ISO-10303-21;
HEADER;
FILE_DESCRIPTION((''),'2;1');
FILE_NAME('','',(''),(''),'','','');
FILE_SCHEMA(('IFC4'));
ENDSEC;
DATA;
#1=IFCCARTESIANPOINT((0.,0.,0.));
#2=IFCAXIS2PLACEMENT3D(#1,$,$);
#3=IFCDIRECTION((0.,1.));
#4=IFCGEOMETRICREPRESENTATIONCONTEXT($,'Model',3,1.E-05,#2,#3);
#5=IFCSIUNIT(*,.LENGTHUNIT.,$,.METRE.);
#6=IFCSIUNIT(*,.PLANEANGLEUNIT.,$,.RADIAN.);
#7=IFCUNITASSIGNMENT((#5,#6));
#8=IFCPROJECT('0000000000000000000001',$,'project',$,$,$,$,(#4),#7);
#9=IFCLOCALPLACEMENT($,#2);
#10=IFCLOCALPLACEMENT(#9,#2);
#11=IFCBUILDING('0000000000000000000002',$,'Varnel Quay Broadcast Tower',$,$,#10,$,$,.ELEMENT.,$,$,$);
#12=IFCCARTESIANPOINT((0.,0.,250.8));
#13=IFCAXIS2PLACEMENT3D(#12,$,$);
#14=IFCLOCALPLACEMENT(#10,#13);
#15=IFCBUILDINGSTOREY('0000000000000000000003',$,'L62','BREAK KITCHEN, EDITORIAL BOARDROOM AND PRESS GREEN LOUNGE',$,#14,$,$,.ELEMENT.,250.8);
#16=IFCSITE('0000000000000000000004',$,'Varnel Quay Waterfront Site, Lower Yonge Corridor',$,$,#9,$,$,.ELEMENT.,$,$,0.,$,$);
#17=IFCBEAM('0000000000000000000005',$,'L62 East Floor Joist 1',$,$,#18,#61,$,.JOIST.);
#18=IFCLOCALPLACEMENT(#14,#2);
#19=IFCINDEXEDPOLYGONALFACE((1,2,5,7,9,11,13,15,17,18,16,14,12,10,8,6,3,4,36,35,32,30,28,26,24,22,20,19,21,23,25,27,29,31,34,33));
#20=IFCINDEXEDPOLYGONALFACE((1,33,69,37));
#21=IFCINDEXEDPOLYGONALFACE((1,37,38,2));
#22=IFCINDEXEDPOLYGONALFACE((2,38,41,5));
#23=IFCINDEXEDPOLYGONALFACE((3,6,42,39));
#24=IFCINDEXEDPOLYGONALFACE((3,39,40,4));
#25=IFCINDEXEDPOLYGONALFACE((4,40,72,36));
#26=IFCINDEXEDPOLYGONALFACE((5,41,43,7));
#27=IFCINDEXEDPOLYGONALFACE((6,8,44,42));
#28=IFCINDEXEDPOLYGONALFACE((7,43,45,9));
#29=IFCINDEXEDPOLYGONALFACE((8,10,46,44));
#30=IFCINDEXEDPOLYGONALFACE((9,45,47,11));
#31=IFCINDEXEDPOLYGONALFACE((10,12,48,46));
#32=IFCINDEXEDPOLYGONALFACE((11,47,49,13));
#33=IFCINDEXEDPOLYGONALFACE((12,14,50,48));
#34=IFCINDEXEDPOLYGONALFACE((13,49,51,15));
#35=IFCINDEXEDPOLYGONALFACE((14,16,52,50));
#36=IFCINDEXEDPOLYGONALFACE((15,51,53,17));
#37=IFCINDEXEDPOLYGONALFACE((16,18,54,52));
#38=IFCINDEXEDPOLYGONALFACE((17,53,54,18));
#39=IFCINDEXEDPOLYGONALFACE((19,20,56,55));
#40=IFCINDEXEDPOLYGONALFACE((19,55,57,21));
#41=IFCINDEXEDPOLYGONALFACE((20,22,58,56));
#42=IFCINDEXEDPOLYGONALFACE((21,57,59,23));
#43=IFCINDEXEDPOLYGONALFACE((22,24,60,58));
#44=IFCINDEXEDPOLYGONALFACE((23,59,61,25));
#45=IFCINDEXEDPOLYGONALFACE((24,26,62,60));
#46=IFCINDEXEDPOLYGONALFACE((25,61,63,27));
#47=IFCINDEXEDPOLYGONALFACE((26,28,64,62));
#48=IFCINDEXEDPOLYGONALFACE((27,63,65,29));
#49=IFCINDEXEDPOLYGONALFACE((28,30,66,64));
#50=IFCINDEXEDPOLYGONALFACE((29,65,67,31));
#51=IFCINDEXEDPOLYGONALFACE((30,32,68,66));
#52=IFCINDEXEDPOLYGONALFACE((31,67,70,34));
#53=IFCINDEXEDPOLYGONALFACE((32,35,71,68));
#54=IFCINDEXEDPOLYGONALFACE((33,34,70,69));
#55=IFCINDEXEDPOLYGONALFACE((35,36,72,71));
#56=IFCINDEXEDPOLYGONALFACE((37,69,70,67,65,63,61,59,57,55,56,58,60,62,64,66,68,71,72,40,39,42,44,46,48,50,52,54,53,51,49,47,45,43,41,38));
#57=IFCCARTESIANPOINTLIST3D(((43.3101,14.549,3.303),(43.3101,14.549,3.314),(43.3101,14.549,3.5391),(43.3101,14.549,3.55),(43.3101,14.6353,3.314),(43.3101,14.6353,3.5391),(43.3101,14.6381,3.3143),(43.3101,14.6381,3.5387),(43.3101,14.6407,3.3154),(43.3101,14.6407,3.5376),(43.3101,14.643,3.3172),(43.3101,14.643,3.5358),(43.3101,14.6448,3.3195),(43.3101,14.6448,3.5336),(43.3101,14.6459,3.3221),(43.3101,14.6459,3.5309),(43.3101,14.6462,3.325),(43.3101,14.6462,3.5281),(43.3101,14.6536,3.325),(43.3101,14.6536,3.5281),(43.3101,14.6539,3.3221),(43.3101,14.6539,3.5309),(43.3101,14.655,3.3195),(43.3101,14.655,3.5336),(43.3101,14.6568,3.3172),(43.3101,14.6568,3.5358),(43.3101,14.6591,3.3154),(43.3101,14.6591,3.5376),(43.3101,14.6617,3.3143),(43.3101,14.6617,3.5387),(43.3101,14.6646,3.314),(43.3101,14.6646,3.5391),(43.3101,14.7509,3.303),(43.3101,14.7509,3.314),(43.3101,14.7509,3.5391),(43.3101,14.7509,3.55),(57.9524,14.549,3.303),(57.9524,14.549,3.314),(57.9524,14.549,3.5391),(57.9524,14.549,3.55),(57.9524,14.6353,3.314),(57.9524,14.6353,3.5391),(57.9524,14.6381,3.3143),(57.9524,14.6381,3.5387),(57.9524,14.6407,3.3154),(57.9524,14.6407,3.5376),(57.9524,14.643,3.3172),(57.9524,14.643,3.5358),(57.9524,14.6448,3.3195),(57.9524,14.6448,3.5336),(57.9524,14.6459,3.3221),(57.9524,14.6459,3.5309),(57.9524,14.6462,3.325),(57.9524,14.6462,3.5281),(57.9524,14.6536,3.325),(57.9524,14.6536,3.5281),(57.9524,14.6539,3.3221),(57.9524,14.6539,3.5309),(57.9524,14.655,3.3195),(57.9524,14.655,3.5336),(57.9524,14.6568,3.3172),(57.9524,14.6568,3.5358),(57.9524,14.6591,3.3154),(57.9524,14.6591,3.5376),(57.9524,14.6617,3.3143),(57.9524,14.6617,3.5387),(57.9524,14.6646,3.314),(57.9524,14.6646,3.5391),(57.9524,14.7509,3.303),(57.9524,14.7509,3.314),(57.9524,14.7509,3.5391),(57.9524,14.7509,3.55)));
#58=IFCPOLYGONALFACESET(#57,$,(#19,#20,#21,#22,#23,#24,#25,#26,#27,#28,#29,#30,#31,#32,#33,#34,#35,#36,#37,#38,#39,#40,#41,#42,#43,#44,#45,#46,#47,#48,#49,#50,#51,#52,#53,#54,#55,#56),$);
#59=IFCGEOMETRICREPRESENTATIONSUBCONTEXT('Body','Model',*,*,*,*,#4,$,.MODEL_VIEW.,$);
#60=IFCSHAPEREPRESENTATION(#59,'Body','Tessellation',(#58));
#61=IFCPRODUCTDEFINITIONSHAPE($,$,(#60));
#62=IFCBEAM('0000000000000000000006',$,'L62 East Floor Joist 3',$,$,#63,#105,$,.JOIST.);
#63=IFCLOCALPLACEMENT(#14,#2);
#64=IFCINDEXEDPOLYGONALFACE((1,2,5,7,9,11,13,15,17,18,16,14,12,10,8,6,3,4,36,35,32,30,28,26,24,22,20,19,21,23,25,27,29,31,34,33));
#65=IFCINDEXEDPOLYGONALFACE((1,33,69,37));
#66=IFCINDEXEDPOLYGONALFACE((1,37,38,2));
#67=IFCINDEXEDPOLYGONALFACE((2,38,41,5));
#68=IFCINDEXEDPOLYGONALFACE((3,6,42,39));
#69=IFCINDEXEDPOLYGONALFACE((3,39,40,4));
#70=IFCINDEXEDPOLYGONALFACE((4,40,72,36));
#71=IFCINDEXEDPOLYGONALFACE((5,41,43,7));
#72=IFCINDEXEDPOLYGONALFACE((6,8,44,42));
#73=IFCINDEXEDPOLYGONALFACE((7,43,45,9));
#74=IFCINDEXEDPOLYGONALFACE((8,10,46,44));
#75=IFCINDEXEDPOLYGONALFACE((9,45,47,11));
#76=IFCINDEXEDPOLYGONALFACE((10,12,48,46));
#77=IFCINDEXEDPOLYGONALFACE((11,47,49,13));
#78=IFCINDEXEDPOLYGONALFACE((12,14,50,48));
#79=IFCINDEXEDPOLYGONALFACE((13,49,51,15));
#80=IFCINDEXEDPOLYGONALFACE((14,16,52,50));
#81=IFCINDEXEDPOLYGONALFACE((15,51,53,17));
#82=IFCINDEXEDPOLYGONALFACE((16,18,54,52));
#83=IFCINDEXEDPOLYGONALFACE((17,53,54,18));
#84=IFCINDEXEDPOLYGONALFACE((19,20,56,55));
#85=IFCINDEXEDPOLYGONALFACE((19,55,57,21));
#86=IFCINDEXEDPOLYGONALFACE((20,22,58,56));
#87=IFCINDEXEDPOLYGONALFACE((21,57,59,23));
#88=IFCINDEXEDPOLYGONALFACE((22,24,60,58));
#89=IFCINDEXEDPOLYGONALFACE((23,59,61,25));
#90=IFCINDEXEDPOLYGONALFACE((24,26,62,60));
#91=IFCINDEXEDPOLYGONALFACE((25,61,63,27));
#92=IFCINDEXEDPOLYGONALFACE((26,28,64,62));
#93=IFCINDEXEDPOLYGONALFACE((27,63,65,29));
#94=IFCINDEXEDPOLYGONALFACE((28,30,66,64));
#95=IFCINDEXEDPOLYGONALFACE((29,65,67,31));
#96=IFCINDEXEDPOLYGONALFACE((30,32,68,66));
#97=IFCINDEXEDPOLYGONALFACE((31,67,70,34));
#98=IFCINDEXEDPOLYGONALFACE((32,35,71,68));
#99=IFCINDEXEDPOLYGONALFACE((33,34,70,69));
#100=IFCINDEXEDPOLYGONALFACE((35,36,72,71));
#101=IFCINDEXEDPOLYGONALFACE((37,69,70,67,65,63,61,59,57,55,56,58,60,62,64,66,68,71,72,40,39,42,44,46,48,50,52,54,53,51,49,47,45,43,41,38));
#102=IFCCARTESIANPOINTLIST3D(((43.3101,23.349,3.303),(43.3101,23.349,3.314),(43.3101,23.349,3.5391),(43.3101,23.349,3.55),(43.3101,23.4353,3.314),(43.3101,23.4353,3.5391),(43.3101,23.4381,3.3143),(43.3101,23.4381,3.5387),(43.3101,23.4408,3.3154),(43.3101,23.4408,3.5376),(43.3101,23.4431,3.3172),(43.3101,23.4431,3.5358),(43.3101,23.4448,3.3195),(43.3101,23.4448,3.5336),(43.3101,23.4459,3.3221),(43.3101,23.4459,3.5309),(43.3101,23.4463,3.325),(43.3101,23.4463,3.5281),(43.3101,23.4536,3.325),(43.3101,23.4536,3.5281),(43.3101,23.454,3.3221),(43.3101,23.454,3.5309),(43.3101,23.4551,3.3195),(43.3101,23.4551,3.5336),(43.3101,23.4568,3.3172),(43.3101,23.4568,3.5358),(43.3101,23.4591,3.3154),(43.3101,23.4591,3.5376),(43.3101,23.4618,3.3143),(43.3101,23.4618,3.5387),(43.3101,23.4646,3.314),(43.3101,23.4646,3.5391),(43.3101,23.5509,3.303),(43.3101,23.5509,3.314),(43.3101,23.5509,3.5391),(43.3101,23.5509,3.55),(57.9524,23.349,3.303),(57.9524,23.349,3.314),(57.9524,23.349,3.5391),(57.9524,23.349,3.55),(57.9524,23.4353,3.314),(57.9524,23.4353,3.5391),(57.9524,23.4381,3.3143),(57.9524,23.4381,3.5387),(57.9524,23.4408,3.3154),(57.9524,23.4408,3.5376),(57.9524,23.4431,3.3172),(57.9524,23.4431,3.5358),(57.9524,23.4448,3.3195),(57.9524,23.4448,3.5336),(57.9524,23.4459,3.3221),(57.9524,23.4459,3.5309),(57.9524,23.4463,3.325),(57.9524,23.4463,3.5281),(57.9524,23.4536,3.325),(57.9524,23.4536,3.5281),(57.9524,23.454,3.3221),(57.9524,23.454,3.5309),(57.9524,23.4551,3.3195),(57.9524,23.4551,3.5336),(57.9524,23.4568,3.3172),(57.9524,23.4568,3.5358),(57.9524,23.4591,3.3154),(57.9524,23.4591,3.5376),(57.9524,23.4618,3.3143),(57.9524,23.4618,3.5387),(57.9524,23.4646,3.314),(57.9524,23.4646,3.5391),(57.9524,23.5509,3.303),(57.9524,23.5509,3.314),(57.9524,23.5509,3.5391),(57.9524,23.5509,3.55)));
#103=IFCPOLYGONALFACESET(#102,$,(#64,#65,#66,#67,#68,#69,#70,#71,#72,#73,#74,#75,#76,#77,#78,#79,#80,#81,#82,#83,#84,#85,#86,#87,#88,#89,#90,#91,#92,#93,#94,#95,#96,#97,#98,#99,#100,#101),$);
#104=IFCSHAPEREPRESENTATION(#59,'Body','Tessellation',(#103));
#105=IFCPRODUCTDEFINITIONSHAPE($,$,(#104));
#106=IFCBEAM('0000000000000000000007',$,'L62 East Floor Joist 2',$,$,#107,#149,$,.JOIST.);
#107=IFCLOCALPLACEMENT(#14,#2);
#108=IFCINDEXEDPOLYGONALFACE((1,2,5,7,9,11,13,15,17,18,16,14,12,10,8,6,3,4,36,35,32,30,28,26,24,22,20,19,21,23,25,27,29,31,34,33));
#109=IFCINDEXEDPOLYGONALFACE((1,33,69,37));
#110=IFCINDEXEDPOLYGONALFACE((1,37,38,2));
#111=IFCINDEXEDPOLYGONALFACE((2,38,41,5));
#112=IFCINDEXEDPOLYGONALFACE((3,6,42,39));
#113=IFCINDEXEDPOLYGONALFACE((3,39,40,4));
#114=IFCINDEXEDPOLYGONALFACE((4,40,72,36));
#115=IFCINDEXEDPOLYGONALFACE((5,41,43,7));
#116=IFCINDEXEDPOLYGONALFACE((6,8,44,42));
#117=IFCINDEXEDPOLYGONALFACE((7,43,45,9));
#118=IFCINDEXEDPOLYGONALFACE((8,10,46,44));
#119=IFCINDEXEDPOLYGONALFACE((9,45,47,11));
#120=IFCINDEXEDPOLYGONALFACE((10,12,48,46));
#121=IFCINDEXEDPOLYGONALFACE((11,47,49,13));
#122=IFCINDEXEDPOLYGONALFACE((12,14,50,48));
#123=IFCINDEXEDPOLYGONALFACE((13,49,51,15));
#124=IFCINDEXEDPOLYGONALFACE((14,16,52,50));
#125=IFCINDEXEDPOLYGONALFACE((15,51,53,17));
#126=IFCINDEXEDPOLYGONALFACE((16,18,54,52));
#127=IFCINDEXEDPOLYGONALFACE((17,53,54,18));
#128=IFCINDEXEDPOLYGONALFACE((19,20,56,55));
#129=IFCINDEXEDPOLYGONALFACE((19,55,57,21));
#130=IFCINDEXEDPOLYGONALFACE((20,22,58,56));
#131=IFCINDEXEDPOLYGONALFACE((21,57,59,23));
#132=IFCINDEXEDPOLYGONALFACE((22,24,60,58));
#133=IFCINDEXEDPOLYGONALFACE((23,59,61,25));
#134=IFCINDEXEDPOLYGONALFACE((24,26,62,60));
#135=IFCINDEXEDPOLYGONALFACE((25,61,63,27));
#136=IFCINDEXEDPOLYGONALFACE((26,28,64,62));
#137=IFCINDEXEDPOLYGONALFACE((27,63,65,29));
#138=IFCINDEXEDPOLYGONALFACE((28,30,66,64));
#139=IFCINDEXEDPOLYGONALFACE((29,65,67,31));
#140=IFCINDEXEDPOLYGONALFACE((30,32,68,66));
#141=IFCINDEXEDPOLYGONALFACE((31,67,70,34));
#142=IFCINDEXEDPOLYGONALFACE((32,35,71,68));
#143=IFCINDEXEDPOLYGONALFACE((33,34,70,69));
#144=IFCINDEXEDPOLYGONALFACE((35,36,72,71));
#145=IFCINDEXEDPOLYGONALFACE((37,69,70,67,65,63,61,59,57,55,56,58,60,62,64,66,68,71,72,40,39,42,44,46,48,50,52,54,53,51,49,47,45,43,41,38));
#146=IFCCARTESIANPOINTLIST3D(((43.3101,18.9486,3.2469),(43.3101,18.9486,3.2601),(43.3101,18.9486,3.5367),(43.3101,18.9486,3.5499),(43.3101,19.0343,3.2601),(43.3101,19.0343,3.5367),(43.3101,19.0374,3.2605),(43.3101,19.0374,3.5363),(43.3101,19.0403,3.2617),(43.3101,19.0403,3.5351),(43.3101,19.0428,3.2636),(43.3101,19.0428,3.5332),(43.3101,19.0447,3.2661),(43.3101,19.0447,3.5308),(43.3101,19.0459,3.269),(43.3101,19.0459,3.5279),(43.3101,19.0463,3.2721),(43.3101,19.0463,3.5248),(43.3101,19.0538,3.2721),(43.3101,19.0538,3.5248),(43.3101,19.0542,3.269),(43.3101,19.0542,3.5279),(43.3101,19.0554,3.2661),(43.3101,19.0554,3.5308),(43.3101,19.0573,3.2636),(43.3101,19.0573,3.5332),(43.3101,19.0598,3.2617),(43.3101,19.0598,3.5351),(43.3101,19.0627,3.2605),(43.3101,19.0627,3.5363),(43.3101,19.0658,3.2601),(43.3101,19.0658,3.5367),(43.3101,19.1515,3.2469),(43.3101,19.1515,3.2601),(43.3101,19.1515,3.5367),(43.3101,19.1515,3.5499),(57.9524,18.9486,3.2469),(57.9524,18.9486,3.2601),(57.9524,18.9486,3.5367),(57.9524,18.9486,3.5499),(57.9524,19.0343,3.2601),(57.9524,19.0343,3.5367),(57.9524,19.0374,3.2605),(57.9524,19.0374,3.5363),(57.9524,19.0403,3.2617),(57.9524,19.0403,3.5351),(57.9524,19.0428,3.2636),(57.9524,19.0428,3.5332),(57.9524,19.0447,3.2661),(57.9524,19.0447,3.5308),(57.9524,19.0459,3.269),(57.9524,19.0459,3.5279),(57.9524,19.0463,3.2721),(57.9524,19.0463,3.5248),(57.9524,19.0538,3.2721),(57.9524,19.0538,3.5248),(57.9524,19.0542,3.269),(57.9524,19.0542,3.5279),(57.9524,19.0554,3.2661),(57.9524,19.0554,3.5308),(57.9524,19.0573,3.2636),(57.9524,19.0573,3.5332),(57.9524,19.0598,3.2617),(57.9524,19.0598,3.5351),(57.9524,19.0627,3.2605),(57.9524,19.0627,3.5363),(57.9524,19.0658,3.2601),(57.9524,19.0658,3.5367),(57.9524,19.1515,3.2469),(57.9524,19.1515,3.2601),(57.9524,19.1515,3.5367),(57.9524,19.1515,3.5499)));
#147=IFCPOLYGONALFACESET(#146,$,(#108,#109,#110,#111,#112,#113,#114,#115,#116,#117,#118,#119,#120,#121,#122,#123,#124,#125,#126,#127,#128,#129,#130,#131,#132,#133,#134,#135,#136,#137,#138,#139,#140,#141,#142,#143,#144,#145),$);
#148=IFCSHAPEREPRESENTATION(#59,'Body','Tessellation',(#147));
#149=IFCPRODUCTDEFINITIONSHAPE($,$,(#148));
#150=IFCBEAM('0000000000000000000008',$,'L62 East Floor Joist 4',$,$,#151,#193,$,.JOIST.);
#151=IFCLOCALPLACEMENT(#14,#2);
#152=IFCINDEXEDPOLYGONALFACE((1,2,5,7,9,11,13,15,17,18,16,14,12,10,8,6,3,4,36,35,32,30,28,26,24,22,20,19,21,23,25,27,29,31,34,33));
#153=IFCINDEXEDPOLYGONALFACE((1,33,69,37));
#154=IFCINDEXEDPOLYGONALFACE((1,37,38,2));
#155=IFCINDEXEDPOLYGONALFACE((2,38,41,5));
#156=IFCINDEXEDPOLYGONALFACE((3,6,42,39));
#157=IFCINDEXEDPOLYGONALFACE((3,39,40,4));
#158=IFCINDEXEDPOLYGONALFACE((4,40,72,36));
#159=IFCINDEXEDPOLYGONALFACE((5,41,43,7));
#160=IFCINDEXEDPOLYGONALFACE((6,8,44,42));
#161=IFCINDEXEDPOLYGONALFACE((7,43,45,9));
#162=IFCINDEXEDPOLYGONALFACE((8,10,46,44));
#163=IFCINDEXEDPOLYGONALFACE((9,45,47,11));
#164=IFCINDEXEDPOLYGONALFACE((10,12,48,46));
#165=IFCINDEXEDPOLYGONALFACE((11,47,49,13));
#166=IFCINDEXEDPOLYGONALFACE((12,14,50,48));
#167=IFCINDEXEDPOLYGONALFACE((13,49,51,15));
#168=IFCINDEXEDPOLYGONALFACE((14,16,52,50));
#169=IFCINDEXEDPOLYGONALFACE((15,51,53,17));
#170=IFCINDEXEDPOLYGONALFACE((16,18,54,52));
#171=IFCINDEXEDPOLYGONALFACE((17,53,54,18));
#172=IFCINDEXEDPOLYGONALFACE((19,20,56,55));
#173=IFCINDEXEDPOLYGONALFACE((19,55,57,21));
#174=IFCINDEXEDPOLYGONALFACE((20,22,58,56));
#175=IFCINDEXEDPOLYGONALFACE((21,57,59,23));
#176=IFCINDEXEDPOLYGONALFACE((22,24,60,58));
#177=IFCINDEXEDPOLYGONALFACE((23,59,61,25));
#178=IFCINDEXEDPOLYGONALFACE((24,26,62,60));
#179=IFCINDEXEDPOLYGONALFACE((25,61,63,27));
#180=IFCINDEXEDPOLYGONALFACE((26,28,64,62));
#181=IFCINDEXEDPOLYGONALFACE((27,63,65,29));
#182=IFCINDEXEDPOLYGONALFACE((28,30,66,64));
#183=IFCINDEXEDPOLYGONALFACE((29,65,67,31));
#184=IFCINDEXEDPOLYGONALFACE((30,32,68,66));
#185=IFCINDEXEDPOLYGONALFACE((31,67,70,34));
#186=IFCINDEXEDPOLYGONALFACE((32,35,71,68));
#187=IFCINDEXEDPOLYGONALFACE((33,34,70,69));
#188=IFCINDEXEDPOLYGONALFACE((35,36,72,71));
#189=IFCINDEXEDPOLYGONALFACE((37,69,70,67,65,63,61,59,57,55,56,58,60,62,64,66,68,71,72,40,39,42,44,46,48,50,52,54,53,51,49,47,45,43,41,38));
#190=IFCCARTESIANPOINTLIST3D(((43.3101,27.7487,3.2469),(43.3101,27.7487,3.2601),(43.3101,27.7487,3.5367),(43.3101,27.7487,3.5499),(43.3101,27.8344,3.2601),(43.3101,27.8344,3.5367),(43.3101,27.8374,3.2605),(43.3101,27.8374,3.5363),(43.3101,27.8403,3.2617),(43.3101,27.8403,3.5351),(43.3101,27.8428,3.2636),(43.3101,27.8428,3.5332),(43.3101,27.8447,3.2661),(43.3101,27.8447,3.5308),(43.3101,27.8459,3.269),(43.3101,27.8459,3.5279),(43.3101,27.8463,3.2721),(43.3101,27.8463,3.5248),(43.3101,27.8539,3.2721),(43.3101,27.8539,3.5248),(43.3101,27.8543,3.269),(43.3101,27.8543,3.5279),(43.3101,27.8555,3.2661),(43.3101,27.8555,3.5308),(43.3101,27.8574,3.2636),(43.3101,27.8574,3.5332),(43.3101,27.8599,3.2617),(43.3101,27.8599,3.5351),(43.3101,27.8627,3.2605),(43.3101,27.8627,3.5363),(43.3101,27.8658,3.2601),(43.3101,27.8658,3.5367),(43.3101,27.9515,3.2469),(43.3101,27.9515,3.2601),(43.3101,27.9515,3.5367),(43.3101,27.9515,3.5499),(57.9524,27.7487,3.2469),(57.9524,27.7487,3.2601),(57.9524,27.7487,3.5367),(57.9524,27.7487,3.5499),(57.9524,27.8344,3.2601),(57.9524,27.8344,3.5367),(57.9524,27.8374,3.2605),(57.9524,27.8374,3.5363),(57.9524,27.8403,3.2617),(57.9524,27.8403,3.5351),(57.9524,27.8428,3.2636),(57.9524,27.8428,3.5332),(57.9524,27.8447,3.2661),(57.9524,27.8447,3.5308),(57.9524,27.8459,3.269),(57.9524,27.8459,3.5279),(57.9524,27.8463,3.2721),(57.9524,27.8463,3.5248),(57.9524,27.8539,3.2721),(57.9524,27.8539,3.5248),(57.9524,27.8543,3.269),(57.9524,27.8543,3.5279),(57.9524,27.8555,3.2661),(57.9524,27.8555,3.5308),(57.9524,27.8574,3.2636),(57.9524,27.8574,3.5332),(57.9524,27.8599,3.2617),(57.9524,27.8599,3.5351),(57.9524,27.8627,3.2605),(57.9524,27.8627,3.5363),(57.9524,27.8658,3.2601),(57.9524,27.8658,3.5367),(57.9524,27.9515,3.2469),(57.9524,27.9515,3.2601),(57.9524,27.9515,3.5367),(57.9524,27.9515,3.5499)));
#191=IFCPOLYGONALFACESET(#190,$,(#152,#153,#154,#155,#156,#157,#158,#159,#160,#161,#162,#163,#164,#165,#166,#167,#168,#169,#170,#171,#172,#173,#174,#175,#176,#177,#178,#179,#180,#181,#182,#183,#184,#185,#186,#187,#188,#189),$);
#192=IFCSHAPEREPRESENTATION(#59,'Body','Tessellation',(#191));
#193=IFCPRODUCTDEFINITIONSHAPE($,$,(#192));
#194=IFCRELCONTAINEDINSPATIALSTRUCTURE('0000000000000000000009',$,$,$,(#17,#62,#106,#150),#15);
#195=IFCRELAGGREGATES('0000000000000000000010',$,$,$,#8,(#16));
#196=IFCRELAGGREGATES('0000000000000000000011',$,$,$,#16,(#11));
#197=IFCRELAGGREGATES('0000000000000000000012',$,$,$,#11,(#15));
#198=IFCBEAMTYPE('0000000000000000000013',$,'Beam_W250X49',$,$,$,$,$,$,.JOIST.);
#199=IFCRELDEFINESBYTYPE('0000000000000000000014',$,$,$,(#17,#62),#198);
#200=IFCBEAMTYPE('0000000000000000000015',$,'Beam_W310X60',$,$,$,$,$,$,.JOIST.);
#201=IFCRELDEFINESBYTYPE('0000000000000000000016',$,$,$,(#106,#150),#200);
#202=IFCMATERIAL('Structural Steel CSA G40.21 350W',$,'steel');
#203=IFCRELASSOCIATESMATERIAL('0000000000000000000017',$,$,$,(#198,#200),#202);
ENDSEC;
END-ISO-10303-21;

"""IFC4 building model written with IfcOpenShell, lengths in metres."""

from ifc_helpers import new_model, si_unit, direction, frame, origin, origin_2d, place, context, subcontext, project, spatial, i_section, extrude, source, transform, mapped, material, material_profile, profile_set, type_object, type_shapes, element, save


model = new_model("IFC4")

# Units and contexts
model_context = context("Model", 3, precision=1e-05, world=origin(), true_north=direction((0.0, 1.0)))
body_context = subcontext(model_context, "Body", "Model", "MODEL_VIEW")
ifc_project = project(units=[si_unit("LENGTHUNIT", "METRE"), si_unit("PLANEANGLEUNIT", "RADIAN")], contexts=[model_context])

# Site, building, storey
site_placement = place(None, origin())
site = spatial("IfcSite", under=ifc_project, at=site_placement, Name="Varnel Quay Waterfront Site, Lower Yonge Corridor", CompositionType="ELEMENT", RefElevation=0.0)
building_placement = place(site_placement, origin())
building = spatial("IfcBuilding", under=site, at=building_placement, Name="Varnel Quay Broadcast Tower", CompositionType="ELEMENT")
storey_placement = place(building_placement, frame((0.0, 0.0, 250.8)))
storey = spatial("IfcBuildingStorey", under=building, at=storey_placement, Name="L62", Description="BREAK KITCHEN, EDITORIAL BOARDROOM AND PRESS GREEN LOUNGE", CompositionType="ELEMENT", Elevation=250.8)

# Shared definitions
ifc_material_1 = material(Name="Structural Steel CSA G40.21 350W", Category="steel")

# Beams
ifc_material_profile_1 = material_profile(ifc_material_1, i_section(OverallWidth=0.2019, OverallDepth=0.2471, WebThickness=0.0073, FlangeThickness=0.011, FilletRadius=0.011, at=origin_2d()), Name="W250X49")
ifc_profile_set_1 = profile_set([ifc_material_profile_1], Name="Structural Steel CSA G40.21 350W")
beam_type_1 = type_object("IfcBeamType", Name="Beam_W250X49", PredefinedType="JOIST", material=ifc_profile_set_1)
shared_shape_1 = source(origin(), body_context, "Body", "SweptSolid", [
    extrude(i_section(OverallWidth=0.2019, OverallDepth=0.2471, WebThickness=0.0073, FlangeThickness=0.011, FilletRadius=0.011, at=origin_2d()), origin(), (0.0, 0.0, 1.0), 14.6423),
])
type_shapes(beam_type_1, [shared_shape_1])
for number, where, z_axis, x_axis, name in (
    (1, (43.3101, 14.6499, 3.4265), (1.0, 0.0, 0.0), (0.0, 1.0, 0.0), "L62 East Floor Joist 1"),
    (2, (43.3101, 23.45, 3.4265), (1.0, 0.0, 0.0), (0.0, 1.0, 0.0), "L62 East Floor Joist 3"),
):
    element("IfcBeam", number, at=place(storey_placement, frame(where, z_axis=z_axis, x_axis=x_axis)), inside=storey, type_object=beam_type_1, Name=name, PredefinedType="JOIST", context=body_context, shape_type="MappedRepresentation", body=[
        mapped(shared_shape_1, transform((0.0, 0.0, 0.0), x_axis=(1.0, 0.0, 0.0), y_axis=(0.0, 1.0, 0.0), z_axis=(0.0, 0.0, 1.0), scale=1.0)),
    ])
ifc_material_profile_2 = material_profile(ifc_material_1, i_section(OverallWidth=0.2029, OverallDepth=0.303, WebThickness=0.0076, FlangeThickness=0.0132, FilletRadius=0.012, at=origin_2d()), Name="W310X60")
ifc_profile_set_2 = profile_set([ifc_material_profile_2], Name="Structural Steel CSA G40.21 350W")
beam_type_2 = type_object("IfcBeamType", Name="Beam_W310X60", PredefinedType="JOIST", material=ifc_profile_set_2)
shared_shape_2 = source(origin(), body_context, "Body", "SweptSolid", [
    extrude(i_section(OverallWidth=0.2029, OverallDepth=0.303, WebThickness=0.0076, FlangeThickness=0.0132, FilletRadius=0.012, at=origin_2d()), origin(), (0.0, 0.0, 1.0), 14.6423),
])
type_shapes(beam_type_2, [shared_shape_2])
for number, where, z_axis, x_axis, name in (
    (3, (43.3101, 19.05, 3.3984), (1.0, 0.0, 0.0), (0.0, 1.0, 0.0), "L62 East Floor Joist 2"),
    (4, (43.3101, 27.8501, 3.3984), (1.0, 0.0, 0.0), (0.0, 1.0, 0.0), "L62 East Floor Joist 4"),
):
    element("IfcBeam", number, at=place(storey_placement, frame(where, z_axis=z_axis, x_axis=x_axis)), inside=storey, type_object=beam_type_2, Name=name, PredefinedType="JOIST", context=body_context, shape_type="MappedRepresentation", body=[
        mapped(shared_shape_2, transform((0.0, 0.0, 0.0), x_axis=(1.0, 0.0, 0.0), y_axis=(0.0, 1.0, 0.0), z_axis=(0.0, 0.0, 1.0), scale=1.0)),
    ])

save(model, "model.ifc")
